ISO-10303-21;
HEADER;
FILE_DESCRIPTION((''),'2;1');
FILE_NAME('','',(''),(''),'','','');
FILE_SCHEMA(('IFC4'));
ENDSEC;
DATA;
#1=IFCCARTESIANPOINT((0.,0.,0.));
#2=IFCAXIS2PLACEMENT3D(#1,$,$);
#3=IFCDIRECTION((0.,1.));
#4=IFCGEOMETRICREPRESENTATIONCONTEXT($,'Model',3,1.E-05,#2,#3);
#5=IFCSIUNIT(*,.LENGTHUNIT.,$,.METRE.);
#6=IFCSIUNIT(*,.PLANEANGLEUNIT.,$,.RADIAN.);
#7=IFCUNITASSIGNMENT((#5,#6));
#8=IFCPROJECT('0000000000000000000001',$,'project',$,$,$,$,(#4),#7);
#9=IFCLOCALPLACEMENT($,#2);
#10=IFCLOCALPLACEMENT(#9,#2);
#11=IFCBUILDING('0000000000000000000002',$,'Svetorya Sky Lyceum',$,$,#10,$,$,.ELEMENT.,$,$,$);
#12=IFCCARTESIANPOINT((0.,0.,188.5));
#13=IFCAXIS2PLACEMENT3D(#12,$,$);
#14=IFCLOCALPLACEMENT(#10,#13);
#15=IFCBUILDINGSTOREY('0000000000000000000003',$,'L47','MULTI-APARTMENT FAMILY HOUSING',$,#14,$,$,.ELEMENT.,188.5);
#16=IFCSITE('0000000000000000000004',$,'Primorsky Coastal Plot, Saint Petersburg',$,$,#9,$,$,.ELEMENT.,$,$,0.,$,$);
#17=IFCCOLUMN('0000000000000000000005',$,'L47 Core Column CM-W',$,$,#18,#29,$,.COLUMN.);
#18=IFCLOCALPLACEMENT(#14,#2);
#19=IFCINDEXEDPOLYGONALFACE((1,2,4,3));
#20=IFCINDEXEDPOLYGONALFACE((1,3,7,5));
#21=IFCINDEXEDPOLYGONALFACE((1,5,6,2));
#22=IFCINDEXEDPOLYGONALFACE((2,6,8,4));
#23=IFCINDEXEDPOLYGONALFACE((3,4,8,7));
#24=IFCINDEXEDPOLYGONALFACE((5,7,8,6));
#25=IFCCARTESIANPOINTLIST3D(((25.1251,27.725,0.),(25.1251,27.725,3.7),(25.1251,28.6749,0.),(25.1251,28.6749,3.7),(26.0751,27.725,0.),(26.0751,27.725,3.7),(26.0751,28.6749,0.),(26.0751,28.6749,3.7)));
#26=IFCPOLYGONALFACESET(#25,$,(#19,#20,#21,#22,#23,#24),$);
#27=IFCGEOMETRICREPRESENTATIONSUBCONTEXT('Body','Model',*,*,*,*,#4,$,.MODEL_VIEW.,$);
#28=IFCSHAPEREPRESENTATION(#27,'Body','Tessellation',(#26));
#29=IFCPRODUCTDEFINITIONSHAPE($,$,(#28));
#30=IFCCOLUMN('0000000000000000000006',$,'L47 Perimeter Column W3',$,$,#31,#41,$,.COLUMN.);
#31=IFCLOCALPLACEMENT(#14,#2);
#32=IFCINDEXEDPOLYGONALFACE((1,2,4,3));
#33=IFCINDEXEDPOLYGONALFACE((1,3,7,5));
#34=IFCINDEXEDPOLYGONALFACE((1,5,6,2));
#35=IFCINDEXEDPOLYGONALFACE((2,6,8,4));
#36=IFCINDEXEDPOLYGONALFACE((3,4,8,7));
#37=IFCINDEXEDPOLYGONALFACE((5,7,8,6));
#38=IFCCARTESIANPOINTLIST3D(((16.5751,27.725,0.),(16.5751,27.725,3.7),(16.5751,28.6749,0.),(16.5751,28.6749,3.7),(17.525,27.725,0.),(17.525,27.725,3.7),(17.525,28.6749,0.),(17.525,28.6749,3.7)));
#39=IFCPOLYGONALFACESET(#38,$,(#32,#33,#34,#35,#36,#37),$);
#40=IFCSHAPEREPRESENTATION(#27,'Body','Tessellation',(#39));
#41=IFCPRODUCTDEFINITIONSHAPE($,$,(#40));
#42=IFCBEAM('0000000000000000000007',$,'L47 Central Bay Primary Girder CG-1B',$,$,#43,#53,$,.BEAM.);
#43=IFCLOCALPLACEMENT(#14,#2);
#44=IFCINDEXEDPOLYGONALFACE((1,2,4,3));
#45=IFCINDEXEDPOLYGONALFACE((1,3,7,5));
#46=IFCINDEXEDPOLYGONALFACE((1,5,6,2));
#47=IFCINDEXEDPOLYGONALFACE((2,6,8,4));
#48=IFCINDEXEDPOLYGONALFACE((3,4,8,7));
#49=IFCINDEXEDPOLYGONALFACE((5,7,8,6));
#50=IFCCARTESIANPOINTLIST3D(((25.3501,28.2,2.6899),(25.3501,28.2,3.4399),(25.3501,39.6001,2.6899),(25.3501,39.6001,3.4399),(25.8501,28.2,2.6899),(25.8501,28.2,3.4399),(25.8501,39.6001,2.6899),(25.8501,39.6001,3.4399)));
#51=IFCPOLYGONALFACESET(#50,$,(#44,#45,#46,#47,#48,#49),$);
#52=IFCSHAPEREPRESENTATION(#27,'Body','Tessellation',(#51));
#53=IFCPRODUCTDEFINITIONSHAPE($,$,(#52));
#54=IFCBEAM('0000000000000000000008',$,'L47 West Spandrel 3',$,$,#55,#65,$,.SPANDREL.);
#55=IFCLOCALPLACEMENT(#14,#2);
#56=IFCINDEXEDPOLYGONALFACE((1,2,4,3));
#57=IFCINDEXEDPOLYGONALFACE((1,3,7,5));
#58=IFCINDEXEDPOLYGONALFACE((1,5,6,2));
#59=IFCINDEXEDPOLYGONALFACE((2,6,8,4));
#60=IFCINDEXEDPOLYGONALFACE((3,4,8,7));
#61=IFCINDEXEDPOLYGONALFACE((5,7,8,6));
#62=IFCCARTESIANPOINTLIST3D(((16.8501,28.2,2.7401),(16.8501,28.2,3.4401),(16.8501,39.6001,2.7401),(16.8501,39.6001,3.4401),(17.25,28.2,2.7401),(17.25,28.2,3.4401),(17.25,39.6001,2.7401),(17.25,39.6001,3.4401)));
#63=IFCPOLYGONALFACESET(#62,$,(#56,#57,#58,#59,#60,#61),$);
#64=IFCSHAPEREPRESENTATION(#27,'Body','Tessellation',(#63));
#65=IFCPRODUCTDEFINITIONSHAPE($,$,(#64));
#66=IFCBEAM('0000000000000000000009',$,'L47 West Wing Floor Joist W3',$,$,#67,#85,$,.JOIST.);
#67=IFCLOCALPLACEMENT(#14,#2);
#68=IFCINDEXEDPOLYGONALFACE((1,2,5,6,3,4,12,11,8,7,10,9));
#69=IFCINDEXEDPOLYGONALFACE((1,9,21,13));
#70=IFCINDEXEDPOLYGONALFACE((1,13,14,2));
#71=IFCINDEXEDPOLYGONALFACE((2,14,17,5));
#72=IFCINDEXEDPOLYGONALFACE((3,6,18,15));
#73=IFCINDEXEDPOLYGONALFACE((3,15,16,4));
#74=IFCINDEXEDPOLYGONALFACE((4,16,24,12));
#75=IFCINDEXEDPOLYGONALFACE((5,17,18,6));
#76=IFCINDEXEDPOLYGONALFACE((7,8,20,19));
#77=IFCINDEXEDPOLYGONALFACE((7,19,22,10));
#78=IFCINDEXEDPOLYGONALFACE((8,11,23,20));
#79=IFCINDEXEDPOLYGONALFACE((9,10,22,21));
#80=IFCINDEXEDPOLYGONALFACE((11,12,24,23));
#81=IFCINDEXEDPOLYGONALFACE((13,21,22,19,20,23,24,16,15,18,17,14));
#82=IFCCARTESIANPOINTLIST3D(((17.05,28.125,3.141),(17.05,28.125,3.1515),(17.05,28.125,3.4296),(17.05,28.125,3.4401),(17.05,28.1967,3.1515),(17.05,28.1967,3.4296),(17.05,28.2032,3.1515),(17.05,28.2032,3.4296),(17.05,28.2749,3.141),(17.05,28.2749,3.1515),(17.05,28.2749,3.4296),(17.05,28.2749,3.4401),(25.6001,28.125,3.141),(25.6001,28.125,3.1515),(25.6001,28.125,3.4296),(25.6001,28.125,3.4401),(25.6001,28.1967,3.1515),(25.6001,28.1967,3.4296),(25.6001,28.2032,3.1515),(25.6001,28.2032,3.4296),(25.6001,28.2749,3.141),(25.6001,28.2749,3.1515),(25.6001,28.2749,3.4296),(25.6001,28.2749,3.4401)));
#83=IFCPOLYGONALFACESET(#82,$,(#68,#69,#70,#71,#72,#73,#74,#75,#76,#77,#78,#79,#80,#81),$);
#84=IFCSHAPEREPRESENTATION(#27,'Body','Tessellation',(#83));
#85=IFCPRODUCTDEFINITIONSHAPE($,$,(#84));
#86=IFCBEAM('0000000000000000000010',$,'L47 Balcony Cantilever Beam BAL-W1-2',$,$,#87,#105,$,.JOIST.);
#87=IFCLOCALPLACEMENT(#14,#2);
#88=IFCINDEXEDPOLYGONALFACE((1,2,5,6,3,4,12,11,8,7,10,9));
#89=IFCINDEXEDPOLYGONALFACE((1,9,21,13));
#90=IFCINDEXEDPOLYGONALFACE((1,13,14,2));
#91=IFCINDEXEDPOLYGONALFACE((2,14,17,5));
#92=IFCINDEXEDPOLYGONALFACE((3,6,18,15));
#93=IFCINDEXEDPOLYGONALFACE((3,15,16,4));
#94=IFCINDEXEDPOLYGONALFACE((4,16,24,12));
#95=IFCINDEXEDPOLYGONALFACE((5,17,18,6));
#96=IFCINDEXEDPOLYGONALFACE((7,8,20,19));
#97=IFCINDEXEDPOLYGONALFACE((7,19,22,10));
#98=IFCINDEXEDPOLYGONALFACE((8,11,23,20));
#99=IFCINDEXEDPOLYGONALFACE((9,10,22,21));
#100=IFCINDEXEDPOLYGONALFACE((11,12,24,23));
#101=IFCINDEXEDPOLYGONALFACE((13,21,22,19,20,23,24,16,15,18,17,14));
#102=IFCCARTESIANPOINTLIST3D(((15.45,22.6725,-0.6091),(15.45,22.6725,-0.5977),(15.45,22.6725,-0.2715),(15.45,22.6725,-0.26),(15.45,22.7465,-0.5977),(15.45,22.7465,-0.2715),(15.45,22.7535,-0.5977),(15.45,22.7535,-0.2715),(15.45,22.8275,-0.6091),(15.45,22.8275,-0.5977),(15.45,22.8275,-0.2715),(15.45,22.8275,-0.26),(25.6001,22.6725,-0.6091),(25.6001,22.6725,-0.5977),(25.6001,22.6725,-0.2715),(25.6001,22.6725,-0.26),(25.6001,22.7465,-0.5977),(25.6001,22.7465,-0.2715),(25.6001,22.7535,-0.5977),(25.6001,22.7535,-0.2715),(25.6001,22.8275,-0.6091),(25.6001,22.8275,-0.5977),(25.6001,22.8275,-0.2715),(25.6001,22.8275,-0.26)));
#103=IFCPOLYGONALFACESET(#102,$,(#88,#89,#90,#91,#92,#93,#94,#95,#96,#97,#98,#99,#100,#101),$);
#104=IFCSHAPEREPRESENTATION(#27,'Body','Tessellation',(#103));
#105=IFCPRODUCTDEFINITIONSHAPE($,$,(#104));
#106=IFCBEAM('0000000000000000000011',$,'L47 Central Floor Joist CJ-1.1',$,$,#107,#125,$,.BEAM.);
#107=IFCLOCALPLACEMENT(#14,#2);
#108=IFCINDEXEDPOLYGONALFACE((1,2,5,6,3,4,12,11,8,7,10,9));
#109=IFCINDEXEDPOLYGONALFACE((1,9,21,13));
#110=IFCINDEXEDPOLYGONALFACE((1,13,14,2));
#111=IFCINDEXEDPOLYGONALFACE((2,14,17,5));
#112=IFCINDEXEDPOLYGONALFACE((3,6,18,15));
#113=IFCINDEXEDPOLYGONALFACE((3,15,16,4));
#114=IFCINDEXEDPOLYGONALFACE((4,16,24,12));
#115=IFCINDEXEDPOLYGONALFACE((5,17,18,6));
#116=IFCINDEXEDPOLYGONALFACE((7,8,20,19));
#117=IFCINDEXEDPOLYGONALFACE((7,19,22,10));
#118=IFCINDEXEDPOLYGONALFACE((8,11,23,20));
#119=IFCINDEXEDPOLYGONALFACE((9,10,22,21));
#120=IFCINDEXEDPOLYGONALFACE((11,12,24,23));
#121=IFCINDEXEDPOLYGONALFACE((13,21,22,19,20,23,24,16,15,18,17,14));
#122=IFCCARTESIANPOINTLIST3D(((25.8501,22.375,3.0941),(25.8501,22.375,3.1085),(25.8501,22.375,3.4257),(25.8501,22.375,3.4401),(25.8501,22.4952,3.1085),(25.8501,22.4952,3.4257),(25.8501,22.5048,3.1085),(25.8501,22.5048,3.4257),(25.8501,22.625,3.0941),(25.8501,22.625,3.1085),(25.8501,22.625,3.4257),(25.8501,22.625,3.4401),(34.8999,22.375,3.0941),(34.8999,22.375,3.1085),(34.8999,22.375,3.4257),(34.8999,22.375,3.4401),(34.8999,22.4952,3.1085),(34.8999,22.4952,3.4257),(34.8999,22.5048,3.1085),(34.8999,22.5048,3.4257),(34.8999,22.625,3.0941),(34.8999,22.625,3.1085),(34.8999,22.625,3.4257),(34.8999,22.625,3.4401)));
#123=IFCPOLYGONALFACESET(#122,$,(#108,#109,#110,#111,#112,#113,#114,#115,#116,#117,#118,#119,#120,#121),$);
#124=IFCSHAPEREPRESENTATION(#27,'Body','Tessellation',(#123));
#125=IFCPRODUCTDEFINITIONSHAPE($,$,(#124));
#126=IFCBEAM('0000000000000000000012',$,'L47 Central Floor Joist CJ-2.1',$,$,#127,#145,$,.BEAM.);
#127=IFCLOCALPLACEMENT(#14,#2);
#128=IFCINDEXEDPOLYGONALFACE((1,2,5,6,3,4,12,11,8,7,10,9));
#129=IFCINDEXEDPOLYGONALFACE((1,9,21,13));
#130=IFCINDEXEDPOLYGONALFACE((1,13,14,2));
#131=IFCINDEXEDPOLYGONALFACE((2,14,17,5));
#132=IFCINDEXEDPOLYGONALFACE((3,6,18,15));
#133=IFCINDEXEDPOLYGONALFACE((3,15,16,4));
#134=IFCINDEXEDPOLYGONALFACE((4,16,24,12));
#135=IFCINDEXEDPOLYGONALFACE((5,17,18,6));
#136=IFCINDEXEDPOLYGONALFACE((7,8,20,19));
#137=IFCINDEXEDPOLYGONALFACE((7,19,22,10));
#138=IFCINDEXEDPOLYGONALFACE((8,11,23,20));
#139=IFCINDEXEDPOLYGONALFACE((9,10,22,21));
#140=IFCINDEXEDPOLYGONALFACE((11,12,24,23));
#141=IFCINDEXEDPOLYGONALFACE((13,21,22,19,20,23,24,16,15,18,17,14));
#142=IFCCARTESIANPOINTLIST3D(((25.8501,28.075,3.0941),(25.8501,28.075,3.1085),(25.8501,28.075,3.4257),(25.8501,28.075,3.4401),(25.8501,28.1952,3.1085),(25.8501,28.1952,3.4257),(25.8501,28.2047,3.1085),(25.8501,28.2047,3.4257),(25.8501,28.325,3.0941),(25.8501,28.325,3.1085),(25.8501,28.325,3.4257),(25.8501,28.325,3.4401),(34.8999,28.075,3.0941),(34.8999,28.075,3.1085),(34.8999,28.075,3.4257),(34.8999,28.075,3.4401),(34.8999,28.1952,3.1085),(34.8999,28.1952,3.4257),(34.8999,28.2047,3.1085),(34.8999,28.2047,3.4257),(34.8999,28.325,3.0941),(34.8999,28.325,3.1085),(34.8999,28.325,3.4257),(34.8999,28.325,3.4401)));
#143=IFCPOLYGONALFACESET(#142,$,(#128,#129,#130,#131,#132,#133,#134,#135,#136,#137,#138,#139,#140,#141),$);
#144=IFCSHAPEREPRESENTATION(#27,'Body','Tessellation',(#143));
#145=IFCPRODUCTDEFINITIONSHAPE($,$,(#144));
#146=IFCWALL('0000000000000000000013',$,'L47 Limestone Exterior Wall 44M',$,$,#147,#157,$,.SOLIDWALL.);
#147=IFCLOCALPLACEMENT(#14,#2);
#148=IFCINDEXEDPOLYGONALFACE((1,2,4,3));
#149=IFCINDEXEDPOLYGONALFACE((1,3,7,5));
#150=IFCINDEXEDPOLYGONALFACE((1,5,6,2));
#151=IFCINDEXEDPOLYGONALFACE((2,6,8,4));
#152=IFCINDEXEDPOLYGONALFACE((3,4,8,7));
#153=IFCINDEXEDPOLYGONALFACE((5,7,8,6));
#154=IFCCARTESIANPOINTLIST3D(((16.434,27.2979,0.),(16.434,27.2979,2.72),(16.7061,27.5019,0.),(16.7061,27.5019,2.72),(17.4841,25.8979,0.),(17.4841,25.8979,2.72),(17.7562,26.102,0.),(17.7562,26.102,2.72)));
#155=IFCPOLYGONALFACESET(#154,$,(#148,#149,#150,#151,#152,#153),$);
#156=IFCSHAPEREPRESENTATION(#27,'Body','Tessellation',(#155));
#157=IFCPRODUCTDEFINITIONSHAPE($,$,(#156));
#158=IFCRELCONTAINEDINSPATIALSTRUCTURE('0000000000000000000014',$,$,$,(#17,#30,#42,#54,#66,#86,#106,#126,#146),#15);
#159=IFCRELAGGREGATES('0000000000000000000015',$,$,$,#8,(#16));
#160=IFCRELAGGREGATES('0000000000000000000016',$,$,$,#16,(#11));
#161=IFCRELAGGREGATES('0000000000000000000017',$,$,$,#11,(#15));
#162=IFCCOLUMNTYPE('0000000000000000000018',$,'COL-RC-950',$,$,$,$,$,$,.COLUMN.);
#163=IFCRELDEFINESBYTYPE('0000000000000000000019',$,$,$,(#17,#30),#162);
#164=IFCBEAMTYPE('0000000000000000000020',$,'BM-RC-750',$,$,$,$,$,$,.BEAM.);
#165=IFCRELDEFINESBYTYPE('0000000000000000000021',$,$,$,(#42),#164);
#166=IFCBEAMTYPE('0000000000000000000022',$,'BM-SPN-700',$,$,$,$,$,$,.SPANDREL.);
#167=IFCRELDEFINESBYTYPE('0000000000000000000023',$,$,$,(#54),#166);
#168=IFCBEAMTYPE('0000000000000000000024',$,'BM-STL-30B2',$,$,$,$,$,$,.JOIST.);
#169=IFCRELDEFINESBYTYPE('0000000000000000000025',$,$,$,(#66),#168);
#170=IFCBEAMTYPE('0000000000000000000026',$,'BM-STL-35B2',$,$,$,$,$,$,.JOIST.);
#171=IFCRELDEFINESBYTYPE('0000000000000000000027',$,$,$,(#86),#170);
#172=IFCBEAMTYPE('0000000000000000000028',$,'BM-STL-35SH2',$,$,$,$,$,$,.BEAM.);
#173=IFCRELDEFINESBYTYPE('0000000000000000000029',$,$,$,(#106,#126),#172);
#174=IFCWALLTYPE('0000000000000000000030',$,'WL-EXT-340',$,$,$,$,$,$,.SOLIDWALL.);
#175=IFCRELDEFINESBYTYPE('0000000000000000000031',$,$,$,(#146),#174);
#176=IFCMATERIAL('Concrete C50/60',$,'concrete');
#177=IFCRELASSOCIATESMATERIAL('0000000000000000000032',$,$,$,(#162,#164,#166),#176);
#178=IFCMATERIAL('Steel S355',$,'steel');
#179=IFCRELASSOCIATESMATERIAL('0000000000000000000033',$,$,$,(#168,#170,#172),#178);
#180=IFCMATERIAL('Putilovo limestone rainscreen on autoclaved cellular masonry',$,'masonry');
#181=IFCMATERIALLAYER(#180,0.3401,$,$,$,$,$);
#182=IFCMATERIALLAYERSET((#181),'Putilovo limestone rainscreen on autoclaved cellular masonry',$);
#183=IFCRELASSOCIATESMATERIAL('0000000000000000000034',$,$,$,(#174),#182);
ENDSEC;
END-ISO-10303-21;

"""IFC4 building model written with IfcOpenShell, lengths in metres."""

from ifc_helpers import new_model, si_unit, direction, frame, frame_2d, origin, origin_2d, place, context, subcontext, project, spatial, rectangle, i_section, extrude, material, layer, layer_set, material_profile, profile_set, type_object, element, save


model = new_model("IFC4")

# Units and contexts
model_context = context("Model", 3, precision=1e-05, world=origin(), true_north=direction((0.0, 1.0)))
body_context = subcontext(model_context, "Body", "Model", "MODEL_VIEW")
ifc_project = project(units=[si_unit("LENGTHUNIT", "METRE"), si_unit("PLANEANGLEUNIT", "RADIAN")], contexts=[model_context])

# Site, building, storey
site_placement = place(None, origin())
site = spatial("IfcSite", under=ifc_project, at=site_placement, Name="Primorsky Coastal Plot, Saint Petersburg", CompositionType="ELEMENT", RefElevation=0.0)
building_placement = place(site_placement, origin())
building = spatial("IfcBuilding", under=site, at=building_placement, Name="Svetorya Sky Lyceum", CompositionType="ELEMENT")
storey_placement = place(building_placement, frame((0.0, 0.0, 188.5)))
storey = spatial("IfcBuildingStorey", under=building, at=storey_placement, Name="L47", Description="MULTI-APARTMENT FAMILY HOUSING", CompositionType="ELEMENT", Elevation=188.5)

# Columns
ifc_material_1 = material(Name="Concrete C50/60", Category="concrete")
ifc_material_profile_1 = material_profile(ifc_material_1, rectangle(XDim=0.95, YDim=0.95, at=origin_2d()), Name="RC COL 950x950")
ifc_profile_set_1 = profile_set([ifc_material_profile_1], Name="Concrete C50/60")
column_type = type_object("IfcColumnType", Name="COL-RC-950", PredefinedType="COLUMN", material=ifc_profile_set_1)
for number, where, z_axis, x_axis, name in (
    (1, (25.6001, 28.2, 0.0), (0.0, 0.0, 1.0), (1.0, 0.0, 0.0), "L47 Core Column CM-W"),
    (2, (17.05, 28.2, 0.0), (0.0, 0.0, 1.0), (1.0, 0.0, 0.0), "L47 Perimeter Column W3"),
):
    element("IfcColumn", number, at=place(storey_placement, frame(where, z_axis=z_axis, x_axis=x_axis)), inside=storey, type_object=column_type, Name=name, PredefinedType="COLUMN", context=body_context, shape_type="SweptSolid", body=[
        extrude(rectangle(XDim=0.95, YDim=0.95, at=origin_2d()), origin(), (0.0, 0.0, 1.0), 3.7),
    ])

# Beams
ifc_material_profile_2 = material_profile(ifc_material_1, rectangle(XDim=0.5, YDim=0.75, at=origin_2d()), Name="RC BEAM 500x750")
ifc_profile_set_2 = profile_set([ifc_material_profile_2], Name="Concrete C50/60")
beam_type_1 = type_object("IfcBeamType", Name="BM-RC-750", PredefinedType="BEAM", material=ifc_profile_set_2)
beam_1_placement = place(storey_placement, frame((25.6001, 28.2, 3.0649), z_axis=(0.0, 1.0, 0.0), x_axis=(-1.0, 0.0, 0.0)))
element("IfcBeam", 3, at=beam_1_placement, inside=storey, type_object=beam_type_1, Name="L47 Central Bay Primary Girder CG-1B", PredefinedType="BEAM", context=body_context, shape_type="SweptSolid", body=[
    extrude(rectangle(XDim=0.5, YDim=0.75, at=origin_2d()), origin(), (0.0, 0.0, 1.0), 11.4001),
])
ifc_material_profile_3 = material_profile(ifc_material_1, rectangle(XDim=0.3999, YDim=0.7, at=origin_2d()), Name="RC SPANDREL 400x700")
ifc_profile_set_3 = profile_set([ifc_material_profile_3], Name="Concrete C50/60")
beam_type_2 = type_object("IfcBeamType", Name="BM-SPN-700", PredefinedType="SPANDREL", material=ifc_profile_set_3)
beam_2_placement = place(storey_placement, frame((17.05, 28.2, 3.0901), z_axis=(0.0, 1.0, 0.0), x_axis=(-1.0, 0.0, 0.0)))
element("IfcBeam", 4, at=beam_2_placement, inside=storey, type_object=beam_type_2, Name="L47 West Spandrel 3", PredefinedType="SPANDREL", context=body_context, shape_type="SweptSolid", body=[
    extrude(rectangle(XDim=0.3999, YDim=0.7, at=origin_2d()), origin(), (0.0, 0.0, 1.0), 11.4001),
])
ifc_material_2 = material(Name="Steel S355", Category="steel")
ifc_material_profile_4 = material_profile(ifc_material_2, i_section(OverallWidth=0.1499, OverallDepth=0.2991, WebThickness=0.0066, FlangeThickness=0.0105, at=origin_2d()), Name="GOST 30B2")
ifc_profile_set_4 = profile_set([ifc_material_profile_4], Name="Steel S355")
beam_type_3 = type_object("IfcBeamType", Name="BM-STL-30B2", PredefinedType="JOIST", material=ifc_profile_set_4)
beam_3_placement = place(storey_placement, frame((17.05, 28.2, 3.2905), z_axis=(1.0, 0.0, 0.0), x_axis=(0.0, 1.0, 0.0)))
element("IfcBeam", 5, at=beam_3_placement, inside=storey, type_object=beam_type_3, Name="L47 West Wing Floor Joist W3", PredefinedType="JOIST", context=body_context, shape_type="SweptSolid", body=[
    extrude(i_section(OverallWidth=0.1499, OverallDepth=0.2991, WebThickness=0.0066, FlangeThickness=0.0105, at=origin_2d()), origin(), (0.0, 0.0, 1.0), 8.55),
])
ifc_material_profile_5 = material_profile(ifc_material_2, i_section(OverallWidth=0.155, OverallDepth=0.3491, WebThickness=0.0071, FlangeThickness=0.0115, at=origin_2d()), Name="GOST 35B2")
ifc_profile_set_5 = profile_set([ifc_material_profile_5], Name="Steel S355")
beam_type_4 = type_object("IfcBeamType", Name="BM-STL-35B2", PredefinedType="JOIST", material=ifc_profile_set_5)
beam_4_placement = place(storey_placement, frame((25.6001, 22.75, -0.4346), z_axis=(-1.0, 0.0, 0.0), x_axis=(0.0, -1.0, 0.0)))
element("IfcBeam", 6, at=beam_4_placement, inside=storey, type_object=beam_type_4, Name="L47 Balcony Cantilever Beam BAL-W1-2", PredefinedType="JOIST", context=body_context, shape_type="SweptSolid", body=[
    extrude(i_section(OverallWidth=0.155, OverallDepth=0.3491, WebThickness=0.0071, FlangeThickness=0.0115, at=origin_2d()), origin(), (0.0, 0.0, 1.0), 10.1501),
])
ifc_material_profile_6 = material_profile(ifc_material_2, i_section(OverallWidth=0.25, OverallDepth=0.3459, WebThickness=0.0095, FlangeThickness=0.0144, at=origin_2d()), Name="GOST 35Sh2")
ifc_profile_set_6 = profile_set([ifc_material_profile_6], Name="Steel S355")
beam_type_5 = type_object("IfcBeamType", Name="BM-STL-35SH2", PredefinedType="BEAM", material=ifc_profile_set_6)
for number, where, z_axis, x_axis, name in (
    (7, (25.8501, 22.5, 3.2671), (1.0, 0.0, 0.0), (0.0, 1.0, 0.0), "L47 Central Floor Joist CJ-1.1"),
    (8, (25.8501, 28.2, 3.2671), (1.0, 0.0, 0.0), (0.0, 1.0, 0.0), "L47 Central Floor Joist CJ-2.1"),
):
    element("IfcBeam", number, at=place(storey_placement, frame(where, z_axis=z_axis, x_axis=x_axis)), inside=storey, type_object=beam_type_5, Name=name, PredefinedType="BEAM", context=body_context, shape_type="SweptSolid", body=[
        extrude(i_section(OverallWidth=0.25, OverallDepth=0.3459, WebThickness=0.0095, FlangeThickness=0.0144, at=origin_2d()), origin(), (0.0, 0.0, 1.0), 9.0498),
    ])

# Wall
ifc_material_3 = material(Name="Putilovo limestone rainscreen on autoclaved cellular masonry", Category="masonry")
ifc_layer_1 = layer(ifc_material_3, 0.3401)
ifc_layer_set_1 = layer_set([ifc_layer_1], Name="Putilovo limestone rainscreen on autoclaved cellular masonry")
wall_type_1 = type_object("IfcWallType", Name="WL-EXT-340", PredefinedType="SOLIDWALL", material=ifc_layer_set_1)
wall_1_placement = place(storey_placement, frame((16.5701, 27.3999, 0.0), z_axis=(0.0, 0.0, 1.0), x_axis=(0.600045, -0.799967, 0.0)))
element("IfcWall", 9, at=wall_1_placement, inside=storey, type_object=wall_type_1, Name="L47 Limestone Exterior Wall 44M", PredefinedType="SOLIDWALL", context=body_context, shape_type="SweptSolid", body=[
    extrude(rectangle(XDim=1.75, YDim=0.3401, at=frame_2d((0.875, 0.0))), origin(), (0.0, 0.0, 1.0), 2.72),
])

save(model, "model.ifc")
